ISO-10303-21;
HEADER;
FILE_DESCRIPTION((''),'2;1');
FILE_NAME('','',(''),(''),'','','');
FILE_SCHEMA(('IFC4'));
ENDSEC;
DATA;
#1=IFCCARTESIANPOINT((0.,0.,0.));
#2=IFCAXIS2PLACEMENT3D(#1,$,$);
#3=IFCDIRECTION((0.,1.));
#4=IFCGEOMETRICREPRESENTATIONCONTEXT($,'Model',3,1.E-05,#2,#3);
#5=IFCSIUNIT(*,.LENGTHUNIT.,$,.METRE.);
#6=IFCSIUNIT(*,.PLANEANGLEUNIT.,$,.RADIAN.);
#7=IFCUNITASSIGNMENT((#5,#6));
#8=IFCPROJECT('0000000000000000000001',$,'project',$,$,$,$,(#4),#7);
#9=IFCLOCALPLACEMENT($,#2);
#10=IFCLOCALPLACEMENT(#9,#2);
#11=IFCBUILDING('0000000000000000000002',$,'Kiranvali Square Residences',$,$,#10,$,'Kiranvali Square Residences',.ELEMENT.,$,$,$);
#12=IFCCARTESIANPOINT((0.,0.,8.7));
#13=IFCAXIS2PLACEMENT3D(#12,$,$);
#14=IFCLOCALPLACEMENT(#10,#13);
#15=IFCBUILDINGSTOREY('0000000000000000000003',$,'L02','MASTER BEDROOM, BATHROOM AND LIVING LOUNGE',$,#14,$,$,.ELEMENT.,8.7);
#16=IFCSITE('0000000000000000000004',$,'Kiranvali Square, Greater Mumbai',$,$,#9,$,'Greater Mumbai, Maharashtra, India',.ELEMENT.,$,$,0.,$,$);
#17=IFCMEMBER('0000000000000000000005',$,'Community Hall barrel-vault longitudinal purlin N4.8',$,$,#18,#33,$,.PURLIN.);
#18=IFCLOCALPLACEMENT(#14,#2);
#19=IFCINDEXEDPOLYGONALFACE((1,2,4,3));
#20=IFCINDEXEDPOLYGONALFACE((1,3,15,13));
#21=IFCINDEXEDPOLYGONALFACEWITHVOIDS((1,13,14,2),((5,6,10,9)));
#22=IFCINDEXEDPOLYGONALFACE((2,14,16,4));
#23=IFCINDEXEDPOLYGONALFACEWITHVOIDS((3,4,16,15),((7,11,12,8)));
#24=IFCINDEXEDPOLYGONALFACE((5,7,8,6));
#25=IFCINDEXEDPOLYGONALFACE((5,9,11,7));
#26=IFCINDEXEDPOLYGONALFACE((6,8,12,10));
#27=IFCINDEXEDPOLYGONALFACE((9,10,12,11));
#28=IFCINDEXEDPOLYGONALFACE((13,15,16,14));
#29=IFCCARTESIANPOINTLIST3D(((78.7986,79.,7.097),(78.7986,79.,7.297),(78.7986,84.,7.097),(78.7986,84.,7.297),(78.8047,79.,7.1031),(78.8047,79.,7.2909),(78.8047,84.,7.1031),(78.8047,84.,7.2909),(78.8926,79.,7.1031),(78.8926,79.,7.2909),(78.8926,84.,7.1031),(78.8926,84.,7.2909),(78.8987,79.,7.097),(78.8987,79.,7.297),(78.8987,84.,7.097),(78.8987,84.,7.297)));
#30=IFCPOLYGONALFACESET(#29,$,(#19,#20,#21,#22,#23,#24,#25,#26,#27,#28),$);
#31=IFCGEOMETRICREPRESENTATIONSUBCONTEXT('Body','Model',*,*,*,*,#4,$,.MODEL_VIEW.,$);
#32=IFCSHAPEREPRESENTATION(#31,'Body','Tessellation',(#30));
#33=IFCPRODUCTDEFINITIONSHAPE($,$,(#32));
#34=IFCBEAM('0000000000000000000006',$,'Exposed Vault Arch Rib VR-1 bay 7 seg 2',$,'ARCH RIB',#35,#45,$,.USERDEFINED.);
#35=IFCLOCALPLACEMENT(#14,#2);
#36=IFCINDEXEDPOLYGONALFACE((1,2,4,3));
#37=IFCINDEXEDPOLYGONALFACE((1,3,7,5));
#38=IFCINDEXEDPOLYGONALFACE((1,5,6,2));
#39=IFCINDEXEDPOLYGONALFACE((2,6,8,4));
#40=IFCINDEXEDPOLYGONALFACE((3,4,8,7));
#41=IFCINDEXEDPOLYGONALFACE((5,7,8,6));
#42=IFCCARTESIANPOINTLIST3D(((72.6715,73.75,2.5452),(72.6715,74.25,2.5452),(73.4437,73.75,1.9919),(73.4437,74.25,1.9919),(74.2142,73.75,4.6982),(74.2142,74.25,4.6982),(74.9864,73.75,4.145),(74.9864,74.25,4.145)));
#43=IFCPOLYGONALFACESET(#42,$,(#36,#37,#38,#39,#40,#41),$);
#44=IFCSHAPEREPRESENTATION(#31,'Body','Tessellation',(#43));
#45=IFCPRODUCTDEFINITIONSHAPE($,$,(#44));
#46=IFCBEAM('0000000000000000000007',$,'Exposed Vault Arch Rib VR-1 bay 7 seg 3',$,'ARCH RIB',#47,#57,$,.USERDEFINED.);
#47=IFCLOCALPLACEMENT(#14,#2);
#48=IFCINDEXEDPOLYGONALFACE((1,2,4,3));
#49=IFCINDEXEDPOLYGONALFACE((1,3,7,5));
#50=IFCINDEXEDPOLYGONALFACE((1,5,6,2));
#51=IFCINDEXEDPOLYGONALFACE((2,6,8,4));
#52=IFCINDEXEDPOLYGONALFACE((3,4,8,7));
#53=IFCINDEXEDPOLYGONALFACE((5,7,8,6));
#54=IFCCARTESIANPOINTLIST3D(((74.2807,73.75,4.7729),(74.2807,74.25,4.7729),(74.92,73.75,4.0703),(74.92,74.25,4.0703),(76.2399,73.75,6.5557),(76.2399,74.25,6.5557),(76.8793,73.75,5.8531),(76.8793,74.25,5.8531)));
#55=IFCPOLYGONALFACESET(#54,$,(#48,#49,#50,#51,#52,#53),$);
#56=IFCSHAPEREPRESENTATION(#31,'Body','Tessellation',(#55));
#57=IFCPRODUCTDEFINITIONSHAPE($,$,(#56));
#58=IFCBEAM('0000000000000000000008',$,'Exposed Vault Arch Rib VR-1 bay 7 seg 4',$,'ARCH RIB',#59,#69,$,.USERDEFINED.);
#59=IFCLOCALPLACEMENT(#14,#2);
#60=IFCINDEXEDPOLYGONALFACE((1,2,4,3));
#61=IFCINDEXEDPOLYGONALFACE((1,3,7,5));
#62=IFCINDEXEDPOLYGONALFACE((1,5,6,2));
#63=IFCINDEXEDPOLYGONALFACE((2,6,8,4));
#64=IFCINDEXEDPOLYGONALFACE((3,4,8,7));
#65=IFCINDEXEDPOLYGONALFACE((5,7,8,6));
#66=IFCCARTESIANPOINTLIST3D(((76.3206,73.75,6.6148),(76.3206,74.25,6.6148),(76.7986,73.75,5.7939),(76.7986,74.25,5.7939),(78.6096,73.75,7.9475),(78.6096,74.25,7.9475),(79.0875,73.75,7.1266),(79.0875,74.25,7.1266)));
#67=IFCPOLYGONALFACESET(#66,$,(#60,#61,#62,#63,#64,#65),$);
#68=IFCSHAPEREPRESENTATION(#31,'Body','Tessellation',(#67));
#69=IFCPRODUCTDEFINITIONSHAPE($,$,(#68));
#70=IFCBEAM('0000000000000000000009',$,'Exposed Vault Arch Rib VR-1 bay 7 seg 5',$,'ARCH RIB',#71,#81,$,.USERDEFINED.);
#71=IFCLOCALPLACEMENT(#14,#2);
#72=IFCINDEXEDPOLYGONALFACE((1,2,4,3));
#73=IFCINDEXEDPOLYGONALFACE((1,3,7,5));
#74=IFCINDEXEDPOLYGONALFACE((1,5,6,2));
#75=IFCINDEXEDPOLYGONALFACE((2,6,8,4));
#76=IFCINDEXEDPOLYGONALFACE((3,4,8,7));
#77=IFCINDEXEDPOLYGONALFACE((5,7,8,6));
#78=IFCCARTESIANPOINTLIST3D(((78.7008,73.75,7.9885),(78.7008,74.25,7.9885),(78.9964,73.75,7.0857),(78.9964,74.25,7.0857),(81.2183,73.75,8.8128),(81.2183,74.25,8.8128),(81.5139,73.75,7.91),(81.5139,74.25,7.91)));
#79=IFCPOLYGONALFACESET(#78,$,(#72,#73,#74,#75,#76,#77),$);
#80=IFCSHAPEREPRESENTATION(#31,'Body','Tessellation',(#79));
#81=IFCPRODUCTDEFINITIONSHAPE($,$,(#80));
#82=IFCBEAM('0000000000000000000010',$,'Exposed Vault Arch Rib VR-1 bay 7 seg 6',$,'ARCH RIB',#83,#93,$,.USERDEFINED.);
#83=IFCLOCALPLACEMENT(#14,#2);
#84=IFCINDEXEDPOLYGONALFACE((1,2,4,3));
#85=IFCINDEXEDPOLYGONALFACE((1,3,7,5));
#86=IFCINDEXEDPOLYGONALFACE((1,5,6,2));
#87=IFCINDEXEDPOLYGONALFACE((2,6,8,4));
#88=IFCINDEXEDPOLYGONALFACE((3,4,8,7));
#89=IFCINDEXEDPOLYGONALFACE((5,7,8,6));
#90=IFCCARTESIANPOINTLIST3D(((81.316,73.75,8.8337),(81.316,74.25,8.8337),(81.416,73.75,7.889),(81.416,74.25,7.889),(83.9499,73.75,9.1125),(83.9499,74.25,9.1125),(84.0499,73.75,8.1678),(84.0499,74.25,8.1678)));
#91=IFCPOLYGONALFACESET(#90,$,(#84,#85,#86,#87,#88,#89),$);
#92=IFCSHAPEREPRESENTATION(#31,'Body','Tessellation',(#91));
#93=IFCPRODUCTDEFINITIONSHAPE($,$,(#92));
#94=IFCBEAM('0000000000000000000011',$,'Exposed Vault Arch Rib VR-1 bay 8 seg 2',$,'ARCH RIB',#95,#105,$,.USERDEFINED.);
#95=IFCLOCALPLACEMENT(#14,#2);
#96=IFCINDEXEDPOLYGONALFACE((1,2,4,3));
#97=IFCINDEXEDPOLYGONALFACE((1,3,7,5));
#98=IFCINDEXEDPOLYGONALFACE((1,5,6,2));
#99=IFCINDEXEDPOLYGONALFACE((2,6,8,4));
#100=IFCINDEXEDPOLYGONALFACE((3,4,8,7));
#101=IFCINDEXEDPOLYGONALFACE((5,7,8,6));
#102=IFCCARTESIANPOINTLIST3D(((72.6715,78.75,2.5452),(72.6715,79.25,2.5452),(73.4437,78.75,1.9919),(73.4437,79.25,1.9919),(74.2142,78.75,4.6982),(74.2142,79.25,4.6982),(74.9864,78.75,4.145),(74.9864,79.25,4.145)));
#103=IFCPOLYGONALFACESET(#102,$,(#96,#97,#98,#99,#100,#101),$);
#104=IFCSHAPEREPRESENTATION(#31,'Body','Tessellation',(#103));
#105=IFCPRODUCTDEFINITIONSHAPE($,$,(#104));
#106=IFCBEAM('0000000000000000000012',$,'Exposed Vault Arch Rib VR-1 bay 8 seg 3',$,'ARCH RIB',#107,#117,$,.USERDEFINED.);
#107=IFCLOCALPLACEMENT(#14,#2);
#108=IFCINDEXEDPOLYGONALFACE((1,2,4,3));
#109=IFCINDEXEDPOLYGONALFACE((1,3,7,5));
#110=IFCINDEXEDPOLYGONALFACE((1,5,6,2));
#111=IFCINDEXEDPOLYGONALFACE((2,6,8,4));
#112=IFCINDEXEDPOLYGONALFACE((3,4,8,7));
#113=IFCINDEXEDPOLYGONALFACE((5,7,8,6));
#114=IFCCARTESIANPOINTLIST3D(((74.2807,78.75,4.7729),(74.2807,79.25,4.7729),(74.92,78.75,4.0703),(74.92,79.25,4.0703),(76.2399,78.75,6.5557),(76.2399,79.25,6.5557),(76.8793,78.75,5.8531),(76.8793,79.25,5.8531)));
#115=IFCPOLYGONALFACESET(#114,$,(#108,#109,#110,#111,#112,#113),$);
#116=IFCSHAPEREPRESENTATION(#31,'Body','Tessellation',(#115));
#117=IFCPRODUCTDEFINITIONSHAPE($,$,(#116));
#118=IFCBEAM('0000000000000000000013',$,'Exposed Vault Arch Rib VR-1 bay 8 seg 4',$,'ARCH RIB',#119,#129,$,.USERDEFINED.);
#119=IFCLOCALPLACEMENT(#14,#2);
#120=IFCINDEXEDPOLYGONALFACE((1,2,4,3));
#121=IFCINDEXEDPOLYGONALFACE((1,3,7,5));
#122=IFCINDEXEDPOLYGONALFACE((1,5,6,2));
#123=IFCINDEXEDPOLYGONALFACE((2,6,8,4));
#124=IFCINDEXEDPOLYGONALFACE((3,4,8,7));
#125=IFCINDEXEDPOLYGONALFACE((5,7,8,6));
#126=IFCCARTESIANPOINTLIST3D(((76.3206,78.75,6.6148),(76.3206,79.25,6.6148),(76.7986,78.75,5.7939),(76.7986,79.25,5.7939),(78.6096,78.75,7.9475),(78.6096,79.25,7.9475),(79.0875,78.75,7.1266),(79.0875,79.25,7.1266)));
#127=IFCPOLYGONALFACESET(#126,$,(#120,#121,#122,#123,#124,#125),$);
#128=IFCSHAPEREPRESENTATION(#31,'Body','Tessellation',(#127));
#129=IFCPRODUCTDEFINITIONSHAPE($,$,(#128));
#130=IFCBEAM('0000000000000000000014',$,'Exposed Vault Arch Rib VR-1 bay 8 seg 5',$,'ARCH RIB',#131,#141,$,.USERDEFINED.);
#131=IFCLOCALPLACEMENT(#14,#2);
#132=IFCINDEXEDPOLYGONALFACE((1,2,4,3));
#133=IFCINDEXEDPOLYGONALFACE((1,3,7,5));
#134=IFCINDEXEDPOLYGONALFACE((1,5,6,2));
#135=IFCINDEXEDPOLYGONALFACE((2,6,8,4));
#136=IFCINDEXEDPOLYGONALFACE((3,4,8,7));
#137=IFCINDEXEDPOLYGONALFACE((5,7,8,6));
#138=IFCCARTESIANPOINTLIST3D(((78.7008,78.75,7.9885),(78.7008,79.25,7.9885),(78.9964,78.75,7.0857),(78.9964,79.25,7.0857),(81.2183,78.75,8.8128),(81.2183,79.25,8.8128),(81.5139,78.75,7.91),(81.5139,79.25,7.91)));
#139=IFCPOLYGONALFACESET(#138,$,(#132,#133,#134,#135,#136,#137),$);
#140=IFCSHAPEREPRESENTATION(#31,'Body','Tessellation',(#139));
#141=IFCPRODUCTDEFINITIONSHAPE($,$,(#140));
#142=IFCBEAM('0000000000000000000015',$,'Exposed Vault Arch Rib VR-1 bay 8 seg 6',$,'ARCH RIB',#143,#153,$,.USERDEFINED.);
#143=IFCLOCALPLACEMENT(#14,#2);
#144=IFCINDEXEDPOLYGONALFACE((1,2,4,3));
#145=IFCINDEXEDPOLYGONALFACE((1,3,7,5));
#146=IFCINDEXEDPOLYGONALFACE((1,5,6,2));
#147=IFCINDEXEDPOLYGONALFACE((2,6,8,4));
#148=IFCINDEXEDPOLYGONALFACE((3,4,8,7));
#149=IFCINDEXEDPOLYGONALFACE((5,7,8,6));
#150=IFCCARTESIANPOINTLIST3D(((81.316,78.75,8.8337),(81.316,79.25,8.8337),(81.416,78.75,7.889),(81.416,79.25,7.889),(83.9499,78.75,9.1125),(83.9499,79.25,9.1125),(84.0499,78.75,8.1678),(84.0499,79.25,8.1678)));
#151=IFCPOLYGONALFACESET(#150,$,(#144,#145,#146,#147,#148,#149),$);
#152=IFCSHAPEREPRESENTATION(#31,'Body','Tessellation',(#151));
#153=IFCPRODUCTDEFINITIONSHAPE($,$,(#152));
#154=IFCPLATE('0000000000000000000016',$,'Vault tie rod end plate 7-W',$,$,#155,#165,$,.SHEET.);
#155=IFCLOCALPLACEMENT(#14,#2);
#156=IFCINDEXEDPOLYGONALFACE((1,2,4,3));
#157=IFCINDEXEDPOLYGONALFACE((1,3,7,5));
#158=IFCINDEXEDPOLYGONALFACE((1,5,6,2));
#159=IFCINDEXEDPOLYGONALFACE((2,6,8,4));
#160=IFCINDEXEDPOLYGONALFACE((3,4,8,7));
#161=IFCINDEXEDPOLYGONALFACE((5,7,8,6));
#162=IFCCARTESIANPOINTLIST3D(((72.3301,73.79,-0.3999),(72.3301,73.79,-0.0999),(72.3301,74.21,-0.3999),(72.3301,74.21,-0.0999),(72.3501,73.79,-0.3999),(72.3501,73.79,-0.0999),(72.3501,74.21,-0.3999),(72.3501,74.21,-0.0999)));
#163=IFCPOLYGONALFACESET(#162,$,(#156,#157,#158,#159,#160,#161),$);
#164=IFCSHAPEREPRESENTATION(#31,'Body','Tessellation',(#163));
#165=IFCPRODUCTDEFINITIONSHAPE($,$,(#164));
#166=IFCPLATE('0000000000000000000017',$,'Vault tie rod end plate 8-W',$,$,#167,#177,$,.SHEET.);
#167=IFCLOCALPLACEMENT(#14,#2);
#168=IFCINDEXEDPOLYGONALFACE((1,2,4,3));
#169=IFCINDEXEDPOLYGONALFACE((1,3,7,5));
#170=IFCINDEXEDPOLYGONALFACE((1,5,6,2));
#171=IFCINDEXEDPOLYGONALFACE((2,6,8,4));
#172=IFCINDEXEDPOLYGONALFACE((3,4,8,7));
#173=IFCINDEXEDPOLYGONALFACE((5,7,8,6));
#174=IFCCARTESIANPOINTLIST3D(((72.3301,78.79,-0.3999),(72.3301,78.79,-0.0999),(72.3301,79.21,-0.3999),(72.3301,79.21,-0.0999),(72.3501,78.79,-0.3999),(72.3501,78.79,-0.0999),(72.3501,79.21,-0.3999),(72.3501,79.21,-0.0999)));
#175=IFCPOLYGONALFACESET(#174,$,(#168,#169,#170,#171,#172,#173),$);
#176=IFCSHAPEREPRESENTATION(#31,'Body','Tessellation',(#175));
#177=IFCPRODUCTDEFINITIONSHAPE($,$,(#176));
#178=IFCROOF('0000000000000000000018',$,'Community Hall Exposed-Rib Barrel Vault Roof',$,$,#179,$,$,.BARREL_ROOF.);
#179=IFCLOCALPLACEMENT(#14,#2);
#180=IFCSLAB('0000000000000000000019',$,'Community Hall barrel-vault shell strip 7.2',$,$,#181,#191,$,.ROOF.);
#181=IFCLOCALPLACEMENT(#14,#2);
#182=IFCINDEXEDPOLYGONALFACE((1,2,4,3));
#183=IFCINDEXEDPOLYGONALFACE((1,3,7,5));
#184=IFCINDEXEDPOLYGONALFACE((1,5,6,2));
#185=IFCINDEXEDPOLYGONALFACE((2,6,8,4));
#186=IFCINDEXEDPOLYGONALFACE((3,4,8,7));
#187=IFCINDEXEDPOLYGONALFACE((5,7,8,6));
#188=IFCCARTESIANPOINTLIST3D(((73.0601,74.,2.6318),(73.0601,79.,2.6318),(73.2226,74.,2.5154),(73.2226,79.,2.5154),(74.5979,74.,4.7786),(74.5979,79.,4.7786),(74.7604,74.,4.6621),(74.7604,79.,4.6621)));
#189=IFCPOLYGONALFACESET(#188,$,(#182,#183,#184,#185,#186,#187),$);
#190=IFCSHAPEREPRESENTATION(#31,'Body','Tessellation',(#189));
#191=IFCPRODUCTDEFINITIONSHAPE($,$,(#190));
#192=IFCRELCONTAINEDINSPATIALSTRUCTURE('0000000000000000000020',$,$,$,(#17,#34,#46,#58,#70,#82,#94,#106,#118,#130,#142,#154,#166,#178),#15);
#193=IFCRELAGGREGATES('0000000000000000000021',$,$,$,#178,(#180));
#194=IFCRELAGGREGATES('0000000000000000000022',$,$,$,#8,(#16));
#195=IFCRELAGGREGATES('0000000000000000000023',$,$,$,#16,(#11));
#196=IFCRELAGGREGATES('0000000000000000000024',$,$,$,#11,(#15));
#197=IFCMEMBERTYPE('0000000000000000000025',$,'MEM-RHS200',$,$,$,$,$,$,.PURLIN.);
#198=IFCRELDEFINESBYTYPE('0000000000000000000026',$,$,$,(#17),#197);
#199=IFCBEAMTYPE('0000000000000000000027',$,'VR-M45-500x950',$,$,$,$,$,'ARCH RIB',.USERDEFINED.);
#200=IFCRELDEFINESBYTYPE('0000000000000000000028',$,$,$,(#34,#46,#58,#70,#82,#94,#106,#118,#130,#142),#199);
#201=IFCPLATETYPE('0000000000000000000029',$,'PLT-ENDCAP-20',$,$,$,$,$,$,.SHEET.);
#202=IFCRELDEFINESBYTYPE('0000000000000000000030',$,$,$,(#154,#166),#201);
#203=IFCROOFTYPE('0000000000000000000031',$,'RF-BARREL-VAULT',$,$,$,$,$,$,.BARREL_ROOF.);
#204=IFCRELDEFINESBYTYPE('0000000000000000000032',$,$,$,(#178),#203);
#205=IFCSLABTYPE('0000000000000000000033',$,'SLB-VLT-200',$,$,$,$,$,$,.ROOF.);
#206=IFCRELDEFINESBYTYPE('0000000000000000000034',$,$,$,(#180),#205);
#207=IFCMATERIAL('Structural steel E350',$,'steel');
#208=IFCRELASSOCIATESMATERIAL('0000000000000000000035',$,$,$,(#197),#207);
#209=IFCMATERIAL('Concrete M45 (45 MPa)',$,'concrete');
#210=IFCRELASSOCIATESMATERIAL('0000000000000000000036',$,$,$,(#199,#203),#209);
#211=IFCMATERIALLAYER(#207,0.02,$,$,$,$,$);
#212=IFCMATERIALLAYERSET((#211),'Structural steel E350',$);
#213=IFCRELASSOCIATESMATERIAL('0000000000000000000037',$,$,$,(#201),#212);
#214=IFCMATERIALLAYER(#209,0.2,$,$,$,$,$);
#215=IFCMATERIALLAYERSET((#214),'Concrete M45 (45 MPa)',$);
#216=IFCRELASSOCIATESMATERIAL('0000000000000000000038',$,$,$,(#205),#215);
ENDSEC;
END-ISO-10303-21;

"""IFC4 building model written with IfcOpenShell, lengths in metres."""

from ifc_helpers import new_model, si_unit, direction, frame, origin, origin_2d, place, context, subcontext, project, spatial, polyline, rectangle, hollow_rectangle, outline, extrude, material, layer, layer_set, material_profile, profile_set, type_object, element, aggregate, save


model = new_model("IFC4")

# Units and contexts
model_context = context("Model", 3, precision=1e-05, world=origin(), true_north=direction((0.0, 1.0)))
body_context = subcontext(model_context, "Body", "Model", "MODEL_VIEW")
ifc_project = project(units=[si_unit("LENGTHUNIT", "METRE"), si_unit("PLANEANGLEUNIT", "RADIAN")], contexts=[model_context])

# Site, building, storey
site_placement = place(None, origin())
site = spatial("IfcSite", under=ifc_project, at=site_placement, Name="Kiranvali Square, Greater Mumbai", LongName="Greater Mumbai, Maharashtra, India", CompositionType="ELEMENT", RefElevation=0.0)
building_placement = place(site_placement, origin())
building = spatial("IfcBuilding", under=site, at=building_placement, Name="Kiranvali Square Residences", LongName="Kiranvali Square Residences", CompositionType="ELEMENT")
storey_placement = place(building_placement, frame((0.0, 0.0, 8.7)))
storey = spatial("IfcBuildingStorey", under=building, at=storey_placement, Name="L02", Description="MASTER BEDROOM, BATHROOM AND LIVING LOUNGE", CompositionType="ELEMENT", Elevation=8.7)

# Member
ifc_material_1 = material(Name="Structural steel E350", Category="steel")
ifc_material_profile_1 = material_profile(ifc_material_1, hollow_rectangle(XDim=0.1001, YDim=0.2, WallThickness=0.0061, at=origin_2d()), Name="RHS 200x100x6.0")
ifc_profile_set_1 = profile_set([ifc_material_profile_1], Name="Structural steel E350")
member_type_1 = type_object("IfcMemberType", Name="MEM-RHS200", PredefinedType="PURLIN", material=ifc_profile_set_1)
for number, where, z_axis, x_axis, name in (
    (1, (78.8486, 79.0, 7.197), (0.0, 1.0, 0.0), (-1.0, 0.0, 0.0), "Community Hall barrel-vault longitudinal purlin N4.8"),
):
    element("IfcMember", number, at=place(storey_placement, frame(where, z_axis=z_axis, x_axis=x_axis)), inside=storey, type_object=member_type_1, Name=name, PredefinedType="PURLIN", context=body_context, shape_type="SweptSolid", body=[
        extrude(hollow_rectangle(XDim=0.1001, YDim=0.2, WallThickness=0.0061, at=origin_2d()), origin(), (0.0, 0.0, 1.0), 5.0),
    ])

# Beams
ifc_material_2 = material(Name="Concrete M45 (45 MPa)", Category="concrete")
ifc_material_profile_2 = material_profile(ifc_material_2, rectangle(XDim=0.5, YDim=0.95, at=origin_2d()), Name="RC 500x950")
ifc_profile_set_2 = profile_set([ifc_material_profile_2], Name="Concrete M45 (45 MPa)")
beam_type = type_object("IfcBeamType", Name="VR-M45-500x950", ElementType="ARCH RIB", PredefinedType="USERDEFINED", material=ifc_profile_set_2)
beam_1_placement = place(storey_placement, frame((73.0576, 74.0, 2.2686), z_axis=(0.582441, 0.0, 0.812873), x_axis=(0.0, 1.0, 0.0)))
element("IfcBeam", 2, at=beam_1_placement, inside=storey, type_object=beam_type, Name="Exposed Vault Arch Rib VR-1 bay 7 seg 2", ObjectType="ARCH RIB", PredefinedType="USERDEFINED", context=body_context, shape_type="SweptSolid", body=[
    extrude(rectangle(XDim=0.5, YDim=0.95, at=origin_2d()), origin(), (0.0, 0.0, 1.0), 2.6487),
])
beam_2_placement = place(storey_placement, frame((74.6003, 74.0, 4.4216), z_axis=(0.73964, 0.0, 0.673003), x_axis=(0.0, 1.0, 0.0)))
element("IfcBeam", 3, at=beam_2_placement, inside=storey, type_object=beam_type, Name="Exposed Vault Arch Rib VR-1 bay 7 seg 3", ObjectType="ARCH RIB", PredefinedType="USERDEFINED", context=body_context, shape_type="SweptSolid", body=[
    extrude(rectangle(XDim=0.5, YDim=0.95, at=origin_2d()), origin(), (0.0, 0.0, 1.0), 2.6489),
])
beam_3_placement = place(storey_placement, frame((76.5596, 74.0, 6.2043), z_axis=(0.864193, 0.0, 0.50316), x_axis=(0.0, 1.0, 0.0)))
element("IfcBeam", 4, at=beam_3_placement, inside=storey, type_object=beam_type, Name="Exposed Vault Arch Rib VR-1 bay 7 seg 4", ObjectType="ARCH RIB", PredefinedType="USERDEFINED", context=body_context, shape_type="SweptSolid", body=[
    extrude(rectangle(XDim=0.5, YDim=0.95, at=origin_2d()), origin(), (0.0, 0.0, 1.0), 2.6487),
])
beam_4_placement = place(storey_placement, frame((78.8486, 74.0, 7.5371), z_axis=(0.950356, 0.0, 0.311163), x_axis=(0.0, 1.0, 0.0)))
element("IfcBeam", 5, at=beam_4_placement, inside=storey, type_object=beam_type, Name="Exposed Vault Arch Rib VR-1 bay 7 seg 5", ObjectType="ARCH RIB", PredefinedType="USERDEFINED", context=body_context, shape_type="SweptSolid", body=[
    extrude(rectangle(XDim=0.5, YDim=0.95, at=origin_2d()), origin(), (0.0, 0.0, 1.0), 2.6489),
])
for number, where, z_axis, x_axis, name in (
    (6, (81.366, 74.0, 8.3613), (0.994445, 0.0, 0.105261), (0.0, 1.0, 0.0), "Exposed Vault Arch Rib VR-1 bay 7 seg 6"),
    (7, (73.0576, 79.0, 2.2686), (0.582441, 0.0, 0.812873), (0.0, 1.0, 0.0), "Exposed Vault Arch Rib VR-1 bay 8 seg 2"),
):
    element("IfcBeam", number, at=place(storey_placement, frame(where, z_axis=z_axis, x_axis=x_axis)), inside=storey, type_object=beam_type, Name=name, ObjectType="ARCH RIB", PredefinedType="USERDEFINED", context=body_context, shape_type="SweptSolid", body=[
        extrude(rectangle(XDim=0.5, YDim=0.95, at=origin_2d()), origin(), (0.0, 0.0, 1.0), 2.6487),
    ])
beam_5_placement = place(storey_placement, frame((74.6003, 79.0, 4.4216), z_axis=(0.73964, 0.0, 0.673003), x_axis=(0.0, 1.0, 0.0)))
element("IfcBeam", 8, at=beam_5_placement, inside=storey, type_object=beam_type, Name="Exposed Vault Arch Rib VR-1 bay 8 seg 3", ObjectType="ARCH RIB", PredefinedType="USERDEFINED", context=body_context, shape_type="SweptSolid", body=[
    extrude(rectangle(XDim=0.5, YDim=0.95, at=origin_2d()), origin(), (0.0, 0.0, 1.0), 2.6489),
])
beam_6_placement = place(storey_placement, frame((76.5596, 79.0, 6.2043), z_axis=(0.864193, 0.0, 0.50316), x_axis=(0.0, 1.0, 0.0)))
element("IfcBeam", 9, at=beam_6_placement, inside=storey, type_object=beam_type, Name="Exposed Vault Arch Rib VR-1 bay 8 seg 4", ObjectType="ARCH RIB", PredefinedType="USERDEFINED", context=body_context, shape_type="SweptSolid", body=[
    extrude(rectangle(XDim=0.5, YDim=0.95, at=origin_2d()), origin(), (0.0, 0.0, 1.0), 2.6487),
])
beam_7_placement = place(storey_placement, frame((78.8486, 79.0, 7.5371), z_axis=(0.950356, 0.0, 0.311163), x_axis=(0.0, 1.0, 0.0)))
element("IfcBeam", 10, at=beam_7_placement, inside=storey, type_object=beam_type, Name="Exposed Vault Arch Rib VR-1 bay 8 seg 5", ObjectType="ARCH RIB", PredefinedType="USERDEFINED", context=body_context, shape_type="SweptSolid", body=[
    extrude(rectangle(XDim=0.5, YDim=0.95, at=origin_2d()), origin(), (0.0, 0.0, 1.0), 2.6489),
])
beam_8_placement = place(storey_placement, frame((81.366, 79.0, 8.3613), z_axis=(0.994445, 0.0, 0.105261), x_axis=(0.0, 1.0, 0.0)))
element("IfcBeam", 11, at=beam_8_placement, inside=storey, type_object=beam_type, Name="Exposed Vault Arch Rib VR-1 bay 8 seg 6", ObjectType="ARCH RIB", PredefinedType="USERDEFINED", context=body_context, shape_type="SweptSolid", body=[
    extrude(rectangle(XDim=0.5, YDim=0.95, at=origin_2d()), origin(), (0.0, 0.0, 1.0), 2.6487),
])

# Plates
ifc_layer_1 = layer(ifc_material_1, 0.02)
ifc_layer_set_1 = layer_set([ifc_layer_1], Name="Structural steel E350")
plate_type = type_object("IfcPlateType", Name="PLT-ENDCAP-20", PredefinedType="SHEET", material=ifc_layer_set_1)
for number, where, z_axis, x_axis, name in (
    (12, (72.3401, 74.0, -0.3999), (0.0, 0.0, 1.0), (1.0, 0.0, 0.0), "Vault tie rod end plate 7-W"),
    (13, (72.3401, 79.0, -0.3999), (0.0, 0.0, 1.0), (1.0, 0.0, 0.0), "Vault tie rod end plate 8-W"),
):
    element("IfcPlate", number, at=place(storey_placement, frame(where, z_axis=z_axis, x_axis=x_axis)), inside=storey, type_object=plate_type, Name=name, PredefinedType="SHEET", context=body_context, shape_type="SweptSolid", body=[
        extrude(rectangle(XDim=0.02, YDim=0.4199, at=origin_2d()), origin(), (0.0, 0.0, 1.0), 0.3),
    ])

# Roof, slab
roof_type = type_object("IfcRoofType", Name="RF-BARREL-VAULT", PredefinedType="BARREL_ROOF", material=ifc_material_2)
roof_placement = place(storey_placement, origin())
roof = element("IfcRoof", 14, at=roof_placement, inside=storey, type_object=roof_type, Name="Community Hall Exposed-Rib Barrel Vault Roof", PredefinedType="BARREL_ROOF")
ifc_layer_2 = layer(ifc_material_2, 0.2)
ifc_layer_set_2 = layer_set([ifc_layer_2], Name="Concrete M45 (45 MPa)")
slab_type = type_object("IfcSlabType", Name="SLB-VLT-200", PredefinedType="ROOF", material=ifc_layer_set_2)
slab_1_placement = place(storey_placement, frame((73.0601, 74.0, 2.6318), z_axis=(-0.812933, 0.0, 0.582357), x_axis=(0.582357, 0.0, 0.812933)))
slab_1 = element("IfcSlab", 15, at=slab_1_placement, type_object=slab_type, Name="Community Hall barrel-vault shell strip 7.2", PredefinedType="ROOF", context=body_context, shape_type="SweptSolid", body=[
    extrude(outline(polyline([(0.0, 0.0), (2.6407, 0.0), (2.6407, 5.0), (0.0, 5.0), (0.0, 0.0)])), origin(), (0.0, 0.0, -1.0), 0.2),
])
aggregate(roof, [slab_1])

save(model, "model.ifc")
